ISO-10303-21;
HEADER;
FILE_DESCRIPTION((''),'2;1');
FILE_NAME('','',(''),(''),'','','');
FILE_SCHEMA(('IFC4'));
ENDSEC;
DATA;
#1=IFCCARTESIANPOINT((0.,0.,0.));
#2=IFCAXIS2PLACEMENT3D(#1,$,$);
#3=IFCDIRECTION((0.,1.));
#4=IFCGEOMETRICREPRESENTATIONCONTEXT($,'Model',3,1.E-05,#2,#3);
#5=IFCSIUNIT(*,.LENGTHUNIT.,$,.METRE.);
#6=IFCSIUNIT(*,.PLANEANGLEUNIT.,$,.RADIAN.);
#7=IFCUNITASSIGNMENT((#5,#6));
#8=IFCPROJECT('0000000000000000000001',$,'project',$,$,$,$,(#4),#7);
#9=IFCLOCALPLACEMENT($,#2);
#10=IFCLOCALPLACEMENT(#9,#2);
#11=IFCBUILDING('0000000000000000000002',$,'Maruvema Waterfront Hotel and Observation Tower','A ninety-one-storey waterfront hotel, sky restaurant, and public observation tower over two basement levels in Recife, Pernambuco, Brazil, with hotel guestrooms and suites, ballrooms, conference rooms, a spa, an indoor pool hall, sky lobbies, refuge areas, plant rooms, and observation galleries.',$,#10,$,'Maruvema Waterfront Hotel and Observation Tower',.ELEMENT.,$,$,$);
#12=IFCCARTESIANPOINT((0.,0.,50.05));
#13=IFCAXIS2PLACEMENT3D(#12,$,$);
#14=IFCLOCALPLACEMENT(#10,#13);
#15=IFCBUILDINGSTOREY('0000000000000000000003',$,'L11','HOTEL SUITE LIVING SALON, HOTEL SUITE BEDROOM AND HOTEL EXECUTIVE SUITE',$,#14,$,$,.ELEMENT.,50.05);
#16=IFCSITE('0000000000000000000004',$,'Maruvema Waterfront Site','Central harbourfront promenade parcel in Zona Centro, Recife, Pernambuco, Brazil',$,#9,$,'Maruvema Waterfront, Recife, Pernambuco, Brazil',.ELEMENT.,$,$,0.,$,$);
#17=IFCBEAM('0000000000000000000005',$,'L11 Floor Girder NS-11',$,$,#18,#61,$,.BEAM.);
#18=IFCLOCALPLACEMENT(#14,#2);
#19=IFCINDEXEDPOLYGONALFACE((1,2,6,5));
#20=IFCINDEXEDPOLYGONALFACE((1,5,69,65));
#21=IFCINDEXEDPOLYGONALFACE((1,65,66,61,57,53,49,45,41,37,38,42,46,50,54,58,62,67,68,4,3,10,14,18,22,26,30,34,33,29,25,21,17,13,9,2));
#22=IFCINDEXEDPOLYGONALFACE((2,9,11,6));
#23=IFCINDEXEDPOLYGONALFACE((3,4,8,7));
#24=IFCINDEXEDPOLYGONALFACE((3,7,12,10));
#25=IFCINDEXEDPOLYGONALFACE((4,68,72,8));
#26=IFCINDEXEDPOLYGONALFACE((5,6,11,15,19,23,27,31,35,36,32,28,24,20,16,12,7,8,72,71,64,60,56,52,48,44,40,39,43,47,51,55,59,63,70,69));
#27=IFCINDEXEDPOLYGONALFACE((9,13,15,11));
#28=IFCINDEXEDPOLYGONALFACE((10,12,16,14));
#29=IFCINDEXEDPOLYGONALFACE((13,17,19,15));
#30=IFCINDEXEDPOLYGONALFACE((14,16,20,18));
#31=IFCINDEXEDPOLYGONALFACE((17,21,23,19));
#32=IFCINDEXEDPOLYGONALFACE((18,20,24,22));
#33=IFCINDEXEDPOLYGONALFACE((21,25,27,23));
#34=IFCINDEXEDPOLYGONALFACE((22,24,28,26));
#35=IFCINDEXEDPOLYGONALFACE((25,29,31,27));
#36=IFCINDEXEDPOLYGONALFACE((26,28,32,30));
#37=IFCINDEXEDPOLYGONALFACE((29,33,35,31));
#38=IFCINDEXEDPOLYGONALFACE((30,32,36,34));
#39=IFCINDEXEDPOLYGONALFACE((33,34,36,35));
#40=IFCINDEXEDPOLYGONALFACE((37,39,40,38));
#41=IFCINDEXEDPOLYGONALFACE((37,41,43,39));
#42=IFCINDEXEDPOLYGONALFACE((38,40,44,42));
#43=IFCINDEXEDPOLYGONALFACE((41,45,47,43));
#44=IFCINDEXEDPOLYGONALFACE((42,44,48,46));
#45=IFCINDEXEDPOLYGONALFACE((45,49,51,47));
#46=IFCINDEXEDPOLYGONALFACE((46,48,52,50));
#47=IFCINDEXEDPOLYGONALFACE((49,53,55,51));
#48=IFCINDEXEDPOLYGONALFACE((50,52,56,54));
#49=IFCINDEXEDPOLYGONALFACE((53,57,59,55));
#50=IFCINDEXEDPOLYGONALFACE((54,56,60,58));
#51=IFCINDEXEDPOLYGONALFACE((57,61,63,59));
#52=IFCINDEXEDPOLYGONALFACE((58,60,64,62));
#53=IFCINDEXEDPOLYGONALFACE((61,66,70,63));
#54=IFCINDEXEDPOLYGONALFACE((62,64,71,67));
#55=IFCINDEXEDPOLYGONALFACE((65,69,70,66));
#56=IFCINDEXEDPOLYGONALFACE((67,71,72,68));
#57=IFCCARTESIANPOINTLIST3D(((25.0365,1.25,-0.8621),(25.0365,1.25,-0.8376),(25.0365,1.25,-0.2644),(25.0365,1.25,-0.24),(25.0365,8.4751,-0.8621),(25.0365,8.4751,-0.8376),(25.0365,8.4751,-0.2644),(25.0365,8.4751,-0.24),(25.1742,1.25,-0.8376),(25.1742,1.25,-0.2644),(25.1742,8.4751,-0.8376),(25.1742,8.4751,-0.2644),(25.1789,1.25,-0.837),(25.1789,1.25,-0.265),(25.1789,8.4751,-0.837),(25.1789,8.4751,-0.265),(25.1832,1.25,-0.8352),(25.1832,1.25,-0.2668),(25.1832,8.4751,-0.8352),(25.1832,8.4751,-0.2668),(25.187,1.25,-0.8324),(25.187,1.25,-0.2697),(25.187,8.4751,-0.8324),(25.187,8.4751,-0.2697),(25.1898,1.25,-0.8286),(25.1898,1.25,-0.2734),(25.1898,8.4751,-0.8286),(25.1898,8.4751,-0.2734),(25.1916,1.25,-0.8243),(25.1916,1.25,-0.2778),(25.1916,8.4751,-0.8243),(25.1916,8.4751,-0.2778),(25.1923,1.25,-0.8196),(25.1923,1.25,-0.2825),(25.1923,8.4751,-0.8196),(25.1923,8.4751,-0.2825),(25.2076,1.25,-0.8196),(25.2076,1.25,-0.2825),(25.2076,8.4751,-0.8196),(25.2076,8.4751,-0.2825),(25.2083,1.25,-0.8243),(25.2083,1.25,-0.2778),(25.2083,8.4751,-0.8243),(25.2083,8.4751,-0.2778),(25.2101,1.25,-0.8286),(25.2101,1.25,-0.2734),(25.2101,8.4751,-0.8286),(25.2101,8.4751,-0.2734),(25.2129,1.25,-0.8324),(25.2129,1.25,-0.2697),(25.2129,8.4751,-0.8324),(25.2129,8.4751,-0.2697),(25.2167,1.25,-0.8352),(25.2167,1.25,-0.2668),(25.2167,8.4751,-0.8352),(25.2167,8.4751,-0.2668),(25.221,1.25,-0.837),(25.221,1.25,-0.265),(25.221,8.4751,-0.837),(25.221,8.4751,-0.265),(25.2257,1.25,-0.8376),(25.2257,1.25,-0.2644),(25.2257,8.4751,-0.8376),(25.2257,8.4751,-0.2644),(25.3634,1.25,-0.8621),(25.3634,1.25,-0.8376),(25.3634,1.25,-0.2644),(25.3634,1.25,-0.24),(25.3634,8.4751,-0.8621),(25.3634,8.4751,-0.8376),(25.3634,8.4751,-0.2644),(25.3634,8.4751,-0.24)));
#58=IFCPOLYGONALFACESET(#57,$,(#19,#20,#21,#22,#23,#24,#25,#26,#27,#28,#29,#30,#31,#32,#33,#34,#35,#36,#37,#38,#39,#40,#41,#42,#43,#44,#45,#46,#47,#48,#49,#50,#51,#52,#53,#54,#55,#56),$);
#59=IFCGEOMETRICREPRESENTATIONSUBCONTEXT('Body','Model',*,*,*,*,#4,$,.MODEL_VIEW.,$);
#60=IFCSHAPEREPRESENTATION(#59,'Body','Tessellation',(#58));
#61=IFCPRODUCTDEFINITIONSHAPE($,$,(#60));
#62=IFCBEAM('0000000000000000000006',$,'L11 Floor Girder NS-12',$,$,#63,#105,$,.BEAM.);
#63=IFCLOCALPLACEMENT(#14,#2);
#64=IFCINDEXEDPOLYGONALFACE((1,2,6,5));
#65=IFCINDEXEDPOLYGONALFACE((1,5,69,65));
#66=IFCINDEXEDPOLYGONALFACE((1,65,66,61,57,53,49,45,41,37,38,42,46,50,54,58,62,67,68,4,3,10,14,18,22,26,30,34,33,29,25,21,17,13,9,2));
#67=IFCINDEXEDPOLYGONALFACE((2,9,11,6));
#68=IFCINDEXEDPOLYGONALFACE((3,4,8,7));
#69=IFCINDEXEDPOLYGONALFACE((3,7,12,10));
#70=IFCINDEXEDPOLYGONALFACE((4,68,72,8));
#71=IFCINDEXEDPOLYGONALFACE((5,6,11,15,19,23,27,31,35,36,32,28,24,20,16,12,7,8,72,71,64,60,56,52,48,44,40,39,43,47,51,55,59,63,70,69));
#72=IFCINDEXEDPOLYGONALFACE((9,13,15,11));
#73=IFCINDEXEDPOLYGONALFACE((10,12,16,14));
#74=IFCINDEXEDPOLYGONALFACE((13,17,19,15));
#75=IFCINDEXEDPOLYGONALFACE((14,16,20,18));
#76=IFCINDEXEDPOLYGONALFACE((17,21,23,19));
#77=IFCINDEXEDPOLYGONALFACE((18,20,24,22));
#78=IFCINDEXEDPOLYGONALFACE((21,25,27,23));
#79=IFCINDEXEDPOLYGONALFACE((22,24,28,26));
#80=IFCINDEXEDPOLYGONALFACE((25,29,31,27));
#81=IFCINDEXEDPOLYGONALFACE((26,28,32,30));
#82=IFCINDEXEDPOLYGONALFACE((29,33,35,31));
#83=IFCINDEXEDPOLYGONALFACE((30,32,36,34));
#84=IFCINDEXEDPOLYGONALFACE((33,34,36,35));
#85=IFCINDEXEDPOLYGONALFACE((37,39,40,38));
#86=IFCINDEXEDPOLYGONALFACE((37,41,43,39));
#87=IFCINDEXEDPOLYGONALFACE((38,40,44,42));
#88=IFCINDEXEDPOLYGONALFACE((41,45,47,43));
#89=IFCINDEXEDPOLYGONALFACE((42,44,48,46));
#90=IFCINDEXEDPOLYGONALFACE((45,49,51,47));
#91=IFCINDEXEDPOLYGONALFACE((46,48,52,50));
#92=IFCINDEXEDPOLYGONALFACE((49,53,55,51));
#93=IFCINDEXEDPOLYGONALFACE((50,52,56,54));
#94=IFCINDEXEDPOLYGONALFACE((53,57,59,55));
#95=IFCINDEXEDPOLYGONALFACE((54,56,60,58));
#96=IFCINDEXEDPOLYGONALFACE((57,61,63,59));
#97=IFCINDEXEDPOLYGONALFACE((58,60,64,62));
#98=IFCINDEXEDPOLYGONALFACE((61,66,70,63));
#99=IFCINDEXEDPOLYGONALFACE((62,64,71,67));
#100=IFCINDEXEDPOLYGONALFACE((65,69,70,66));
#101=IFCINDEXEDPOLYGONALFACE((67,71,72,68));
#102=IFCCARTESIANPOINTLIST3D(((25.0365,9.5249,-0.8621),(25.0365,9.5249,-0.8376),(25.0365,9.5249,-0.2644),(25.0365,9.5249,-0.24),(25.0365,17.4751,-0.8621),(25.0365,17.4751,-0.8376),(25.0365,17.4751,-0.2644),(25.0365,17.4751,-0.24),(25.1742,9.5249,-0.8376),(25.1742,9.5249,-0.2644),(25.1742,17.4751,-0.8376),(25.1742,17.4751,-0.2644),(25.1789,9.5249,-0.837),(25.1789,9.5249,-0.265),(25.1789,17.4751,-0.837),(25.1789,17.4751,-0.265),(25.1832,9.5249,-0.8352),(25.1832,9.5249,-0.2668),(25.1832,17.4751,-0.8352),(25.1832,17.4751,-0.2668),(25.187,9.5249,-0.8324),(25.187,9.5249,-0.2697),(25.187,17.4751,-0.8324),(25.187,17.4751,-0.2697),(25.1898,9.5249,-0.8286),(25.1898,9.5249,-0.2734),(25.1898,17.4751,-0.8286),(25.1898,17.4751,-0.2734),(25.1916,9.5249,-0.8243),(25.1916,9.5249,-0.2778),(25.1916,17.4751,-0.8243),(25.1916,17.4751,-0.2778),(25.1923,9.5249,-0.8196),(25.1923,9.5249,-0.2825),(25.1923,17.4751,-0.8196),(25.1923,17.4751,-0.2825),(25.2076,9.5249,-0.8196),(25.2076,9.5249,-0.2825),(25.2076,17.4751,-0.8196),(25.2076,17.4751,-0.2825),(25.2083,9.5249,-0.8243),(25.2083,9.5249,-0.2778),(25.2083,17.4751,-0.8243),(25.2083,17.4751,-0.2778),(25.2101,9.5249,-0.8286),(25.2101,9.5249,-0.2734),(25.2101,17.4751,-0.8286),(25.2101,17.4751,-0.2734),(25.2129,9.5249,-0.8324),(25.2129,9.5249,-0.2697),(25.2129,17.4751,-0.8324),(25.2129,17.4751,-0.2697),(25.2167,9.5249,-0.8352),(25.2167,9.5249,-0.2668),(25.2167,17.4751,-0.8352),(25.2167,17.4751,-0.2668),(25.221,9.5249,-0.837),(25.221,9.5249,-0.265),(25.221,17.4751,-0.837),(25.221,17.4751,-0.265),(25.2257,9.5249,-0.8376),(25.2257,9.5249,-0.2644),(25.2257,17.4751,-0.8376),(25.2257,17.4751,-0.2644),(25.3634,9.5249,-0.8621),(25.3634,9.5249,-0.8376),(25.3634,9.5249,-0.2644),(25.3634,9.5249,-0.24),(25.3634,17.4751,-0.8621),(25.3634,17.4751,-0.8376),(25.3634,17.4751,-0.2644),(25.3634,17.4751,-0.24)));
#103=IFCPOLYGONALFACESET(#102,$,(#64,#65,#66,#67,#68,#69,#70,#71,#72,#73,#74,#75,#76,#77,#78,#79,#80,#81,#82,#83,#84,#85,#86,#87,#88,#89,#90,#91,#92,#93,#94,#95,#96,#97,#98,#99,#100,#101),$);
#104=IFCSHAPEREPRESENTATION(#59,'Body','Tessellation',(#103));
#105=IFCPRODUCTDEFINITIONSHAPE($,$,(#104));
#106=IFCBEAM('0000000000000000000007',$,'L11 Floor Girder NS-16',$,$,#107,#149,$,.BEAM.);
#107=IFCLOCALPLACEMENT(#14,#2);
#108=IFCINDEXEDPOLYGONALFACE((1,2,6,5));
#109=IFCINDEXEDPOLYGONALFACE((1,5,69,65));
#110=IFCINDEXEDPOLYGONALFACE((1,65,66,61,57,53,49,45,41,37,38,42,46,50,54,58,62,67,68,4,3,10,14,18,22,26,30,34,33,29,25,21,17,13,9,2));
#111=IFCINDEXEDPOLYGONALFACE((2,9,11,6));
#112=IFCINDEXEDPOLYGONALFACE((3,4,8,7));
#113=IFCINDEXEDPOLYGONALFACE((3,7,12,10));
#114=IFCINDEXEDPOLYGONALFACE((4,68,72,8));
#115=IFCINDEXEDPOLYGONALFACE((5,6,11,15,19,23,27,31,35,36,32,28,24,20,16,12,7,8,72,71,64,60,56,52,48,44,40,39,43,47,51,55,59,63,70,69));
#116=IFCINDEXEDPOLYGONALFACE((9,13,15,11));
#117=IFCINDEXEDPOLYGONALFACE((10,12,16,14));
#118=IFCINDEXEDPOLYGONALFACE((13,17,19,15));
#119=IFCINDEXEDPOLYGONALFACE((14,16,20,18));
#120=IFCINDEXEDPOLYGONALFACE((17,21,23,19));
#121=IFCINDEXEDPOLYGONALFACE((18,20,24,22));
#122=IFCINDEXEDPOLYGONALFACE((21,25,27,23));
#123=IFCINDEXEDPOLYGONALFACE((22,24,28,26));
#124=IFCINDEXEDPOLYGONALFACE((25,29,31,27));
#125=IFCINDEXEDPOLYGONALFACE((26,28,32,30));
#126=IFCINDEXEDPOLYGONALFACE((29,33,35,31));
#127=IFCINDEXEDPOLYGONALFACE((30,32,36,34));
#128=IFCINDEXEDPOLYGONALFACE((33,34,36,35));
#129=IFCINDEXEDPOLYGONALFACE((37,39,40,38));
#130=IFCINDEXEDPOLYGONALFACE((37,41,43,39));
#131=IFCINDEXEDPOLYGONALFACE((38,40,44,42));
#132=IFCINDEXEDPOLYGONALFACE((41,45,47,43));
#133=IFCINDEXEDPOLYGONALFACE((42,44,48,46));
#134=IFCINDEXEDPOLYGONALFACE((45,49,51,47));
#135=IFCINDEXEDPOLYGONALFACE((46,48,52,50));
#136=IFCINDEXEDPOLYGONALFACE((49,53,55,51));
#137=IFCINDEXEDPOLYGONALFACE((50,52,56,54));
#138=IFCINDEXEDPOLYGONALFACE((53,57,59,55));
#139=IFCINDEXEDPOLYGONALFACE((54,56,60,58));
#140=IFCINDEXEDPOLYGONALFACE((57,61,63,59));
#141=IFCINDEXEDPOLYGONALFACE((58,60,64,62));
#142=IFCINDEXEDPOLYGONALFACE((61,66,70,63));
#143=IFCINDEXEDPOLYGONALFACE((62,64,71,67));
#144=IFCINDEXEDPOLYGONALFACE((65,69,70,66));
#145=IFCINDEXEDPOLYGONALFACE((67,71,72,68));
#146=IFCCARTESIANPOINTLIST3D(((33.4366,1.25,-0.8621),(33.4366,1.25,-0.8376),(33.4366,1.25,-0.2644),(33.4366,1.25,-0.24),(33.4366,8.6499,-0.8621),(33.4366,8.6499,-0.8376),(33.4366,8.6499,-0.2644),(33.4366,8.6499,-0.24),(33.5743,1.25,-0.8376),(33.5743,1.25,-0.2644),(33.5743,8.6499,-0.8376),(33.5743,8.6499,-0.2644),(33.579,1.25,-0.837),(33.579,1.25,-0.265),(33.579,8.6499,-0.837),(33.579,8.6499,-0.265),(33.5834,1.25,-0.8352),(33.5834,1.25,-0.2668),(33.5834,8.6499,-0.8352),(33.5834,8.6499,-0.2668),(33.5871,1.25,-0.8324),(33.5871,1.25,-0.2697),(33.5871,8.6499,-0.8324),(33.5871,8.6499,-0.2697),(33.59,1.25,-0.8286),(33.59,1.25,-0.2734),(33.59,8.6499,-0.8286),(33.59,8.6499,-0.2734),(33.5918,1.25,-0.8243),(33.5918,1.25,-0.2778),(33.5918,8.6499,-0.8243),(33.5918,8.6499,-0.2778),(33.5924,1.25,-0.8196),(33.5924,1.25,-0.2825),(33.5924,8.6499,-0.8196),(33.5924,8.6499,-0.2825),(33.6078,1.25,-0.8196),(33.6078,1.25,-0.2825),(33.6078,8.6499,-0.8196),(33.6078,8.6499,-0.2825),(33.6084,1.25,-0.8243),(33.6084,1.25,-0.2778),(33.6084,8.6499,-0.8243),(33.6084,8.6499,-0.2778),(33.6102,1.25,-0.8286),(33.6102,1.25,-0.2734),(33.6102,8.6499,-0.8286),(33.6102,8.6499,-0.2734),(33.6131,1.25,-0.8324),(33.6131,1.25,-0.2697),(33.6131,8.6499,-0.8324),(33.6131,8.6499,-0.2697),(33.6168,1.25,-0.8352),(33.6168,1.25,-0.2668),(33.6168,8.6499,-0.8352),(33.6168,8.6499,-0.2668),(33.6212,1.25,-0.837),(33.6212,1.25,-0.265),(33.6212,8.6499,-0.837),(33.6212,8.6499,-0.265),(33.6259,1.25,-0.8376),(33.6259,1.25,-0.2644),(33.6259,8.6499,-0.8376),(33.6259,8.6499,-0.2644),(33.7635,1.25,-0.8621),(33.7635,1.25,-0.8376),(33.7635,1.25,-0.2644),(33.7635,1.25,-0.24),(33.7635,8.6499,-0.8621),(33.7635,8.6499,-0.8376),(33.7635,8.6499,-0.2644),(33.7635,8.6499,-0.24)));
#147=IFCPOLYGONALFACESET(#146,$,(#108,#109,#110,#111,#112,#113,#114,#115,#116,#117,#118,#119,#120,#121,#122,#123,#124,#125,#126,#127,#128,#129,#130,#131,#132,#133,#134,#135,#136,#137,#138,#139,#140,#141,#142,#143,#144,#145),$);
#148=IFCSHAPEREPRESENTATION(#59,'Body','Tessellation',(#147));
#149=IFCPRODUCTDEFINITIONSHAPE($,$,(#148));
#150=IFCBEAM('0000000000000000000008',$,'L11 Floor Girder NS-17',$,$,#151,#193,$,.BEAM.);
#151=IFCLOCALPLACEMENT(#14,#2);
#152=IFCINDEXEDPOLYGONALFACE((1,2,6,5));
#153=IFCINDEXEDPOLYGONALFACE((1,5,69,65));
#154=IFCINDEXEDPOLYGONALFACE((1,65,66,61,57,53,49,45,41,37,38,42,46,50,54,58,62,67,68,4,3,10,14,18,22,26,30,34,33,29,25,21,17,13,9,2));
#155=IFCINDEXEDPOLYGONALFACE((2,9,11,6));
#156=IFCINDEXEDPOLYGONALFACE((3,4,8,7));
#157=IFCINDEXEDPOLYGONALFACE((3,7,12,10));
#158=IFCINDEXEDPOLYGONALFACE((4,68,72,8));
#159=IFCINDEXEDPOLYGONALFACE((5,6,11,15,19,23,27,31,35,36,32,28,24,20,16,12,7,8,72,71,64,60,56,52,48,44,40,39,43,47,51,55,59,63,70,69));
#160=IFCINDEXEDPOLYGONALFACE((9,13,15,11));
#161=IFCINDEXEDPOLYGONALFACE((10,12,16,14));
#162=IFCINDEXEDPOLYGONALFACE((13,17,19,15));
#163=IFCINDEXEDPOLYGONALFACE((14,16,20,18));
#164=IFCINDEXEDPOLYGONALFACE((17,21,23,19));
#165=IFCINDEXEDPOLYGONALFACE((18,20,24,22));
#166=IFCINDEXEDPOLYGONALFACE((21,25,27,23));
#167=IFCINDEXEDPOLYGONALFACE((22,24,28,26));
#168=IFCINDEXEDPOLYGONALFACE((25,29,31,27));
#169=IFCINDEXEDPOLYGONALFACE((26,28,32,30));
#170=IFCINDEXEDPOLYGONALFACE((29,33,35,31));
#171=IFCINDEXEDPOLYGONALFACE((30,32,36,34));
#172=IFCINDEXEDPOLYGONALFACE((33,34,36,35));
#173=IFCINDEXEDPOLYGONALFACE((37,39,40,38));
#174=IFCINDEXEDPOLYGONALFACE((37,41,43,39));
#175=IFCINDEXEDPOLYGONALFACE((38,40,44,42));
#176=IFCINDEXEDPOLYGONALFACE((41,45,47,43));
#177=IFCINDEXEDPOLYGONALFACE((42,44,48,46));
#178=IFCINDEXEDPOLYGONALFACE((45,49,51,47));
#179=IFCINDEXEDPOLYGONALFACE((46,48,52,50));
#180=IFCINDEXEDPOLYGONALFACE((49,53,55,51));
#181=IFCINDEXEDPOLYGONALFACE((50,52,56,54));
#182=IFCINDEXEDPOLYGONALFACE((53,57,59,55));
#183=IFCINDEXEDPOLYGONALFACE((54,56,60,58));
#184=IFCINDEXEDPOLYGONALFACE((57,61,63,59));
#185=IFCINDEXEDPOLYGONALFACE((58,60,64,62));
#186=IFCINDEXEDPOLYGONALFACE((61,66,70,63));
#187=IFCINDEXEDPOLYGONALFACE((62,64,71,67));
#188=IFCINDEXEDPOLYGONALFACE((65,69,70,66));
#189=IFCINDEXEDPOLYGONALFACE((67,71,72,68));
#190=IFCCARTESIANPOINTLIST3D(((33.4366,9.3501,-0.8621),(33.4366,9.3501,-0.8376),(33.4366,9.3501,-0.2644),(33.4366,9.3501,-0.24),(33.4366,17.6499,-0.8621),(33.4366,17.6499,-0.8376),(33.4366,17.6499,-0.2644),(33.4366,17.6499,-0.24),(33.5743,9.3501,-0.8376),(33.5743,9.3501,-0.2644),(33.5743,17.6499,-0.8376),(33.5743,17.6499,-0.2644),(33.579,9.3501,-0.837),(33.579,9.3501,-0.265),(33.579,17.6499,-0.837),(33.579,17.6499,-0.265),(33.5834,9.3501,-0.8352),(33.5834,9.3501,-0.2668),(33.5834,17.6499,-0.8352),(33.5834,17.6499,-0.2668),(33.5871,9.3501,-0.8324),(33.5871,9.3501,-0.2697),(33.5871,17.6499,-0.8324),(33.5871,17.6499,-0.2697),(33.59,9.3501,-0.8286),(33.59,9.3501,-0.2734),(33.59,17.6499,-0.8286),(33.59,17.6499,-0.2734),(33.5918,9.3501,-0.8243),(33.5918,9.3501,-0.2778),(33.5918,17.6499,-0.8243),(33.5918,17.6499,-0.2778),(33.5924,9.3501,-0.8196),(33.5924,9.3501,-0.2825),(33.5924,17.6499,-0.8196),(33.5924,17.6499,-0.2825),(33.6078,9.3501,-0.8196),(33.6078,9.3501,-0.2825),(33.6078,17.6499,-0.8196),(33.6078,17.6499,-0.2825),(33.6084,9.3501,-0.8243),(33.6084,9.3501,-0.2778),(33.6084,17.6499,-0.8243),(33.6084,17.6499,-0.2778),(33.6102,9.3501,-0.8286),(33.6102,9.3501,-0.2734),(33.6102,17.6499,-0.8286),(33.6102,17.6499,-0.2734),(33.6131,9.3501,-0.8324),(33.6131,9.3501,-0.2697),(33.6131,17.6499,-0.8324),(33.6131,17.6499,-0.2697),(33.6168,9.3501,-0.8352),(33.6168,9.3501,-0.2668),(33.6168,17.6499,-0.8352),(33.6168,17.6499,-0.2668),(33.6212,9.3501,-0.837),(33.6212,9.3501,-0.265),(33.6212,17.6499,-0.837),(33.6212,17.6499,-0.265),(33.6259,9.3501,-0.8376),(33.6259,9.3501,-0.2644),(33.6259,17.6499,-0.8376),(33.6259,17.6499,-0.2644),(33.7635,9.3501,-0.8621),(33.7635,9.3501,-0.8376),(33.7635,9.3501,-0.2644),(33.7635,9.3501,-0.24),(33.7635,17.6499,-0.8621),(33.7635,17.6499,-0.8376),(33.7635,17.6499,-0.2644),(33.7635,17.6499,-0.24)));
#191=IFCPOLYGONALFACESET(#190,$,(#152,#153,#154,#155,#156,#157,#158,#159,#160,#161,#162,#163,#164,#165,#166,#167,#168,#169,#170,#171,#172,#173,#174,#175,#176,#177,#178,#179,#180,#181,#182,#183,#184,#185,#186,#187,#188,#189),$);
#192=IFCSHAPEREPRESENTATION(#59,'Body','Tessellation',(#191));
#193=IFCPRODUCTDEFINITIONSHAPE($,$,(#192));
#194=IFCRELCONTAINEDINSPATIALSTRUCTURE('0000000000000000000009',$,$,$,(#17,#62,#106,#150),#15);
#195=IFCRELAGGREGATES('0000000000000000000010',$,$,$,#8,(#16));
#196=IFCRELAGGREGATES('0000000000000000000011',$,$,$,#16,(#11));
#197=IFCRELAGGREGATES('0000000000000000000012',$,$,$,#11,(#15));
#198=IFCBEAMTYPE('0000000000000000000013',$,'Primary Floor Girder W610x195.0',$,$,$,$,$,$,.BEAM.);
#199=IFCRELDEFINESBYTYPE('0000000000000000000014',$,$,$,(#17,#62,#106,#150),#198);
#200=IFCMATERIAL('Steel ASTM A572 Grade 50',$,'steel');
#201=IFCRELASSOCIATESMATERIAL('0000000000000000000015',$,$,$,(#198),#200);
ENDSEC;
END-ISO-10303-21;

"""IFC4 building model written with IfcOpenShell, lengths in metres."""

from ifc_helpers import new_model, si_unit, direction, frame, origin, origin_2d, place, context, subcontext, project, spatial, i_section, extrude, material, material_profile, profile_set, type_object, element, save


model = new_model("IFC4")

# Units and contexts
model_context = context("Model", 3, precision=1e-05, world=origin(), true_north=direction((0.0, 1.0)))
body_context = subcontext(model_context, "Body", "Model", "MODEL_VIEW")
ifc_project = project(units=[si_unit("LENGTHUNIT", "METRE"), si_unit("PLANEANGLEUNIT", "RADIAN")], contexts=[model_context])

# Site, building, storey
site_placement = place(None, origin())
site = spatial("IfcSite", under=ifc_project, at=site_placement, Name="Maruvema Waterfront Site", Description="Central harbourfront promenade parcel in Zona Centro, Recife, Pernambuco, Brazil", LongName="Maruvema Waterfront, Recife, Pernambuco, Brazil", CompositionType="ELEMENT", RefElevation=0.0)
building_placement = place(site_placement, origin())
building = spatial("IfcBuilding", under=site, at=building_placement, Name="Maruvema Waterfront Hotel and Observation Tower", Description="A ninety-one-storey waterfront hotel, sky restaurant, and public observation tower over two basement levels in Recife, Pernambuco, Brazil, with hotel guestrooms and suites, ballrooms, conference rooms, a spa, an indoor pool hall, sky lobbies, refuge areas, plant rooms, and observation galleries.", LongName="Maruvema Waterfront Hotel and Observation Tower", CompositionType="ELEMENT")
storey_placement = place(building_placement, frame((0.0, 0.0, 50.05)))
storey = spatial("IfcBuildingStorey", under=building, at=storey_placement, Name="L11", Description="HOTEL SUITE LIVING SALON, HOTEL SUITE BEDROOM AND HOTEL EXECUTIVE SUITE", CompositionType="ELEMENT", Elevation=50.05)

# Beams
ifc_material_1 = material(Name="Steel ASTM A572 Grade 50", Category="steel")
ifc_material_profile_1 = material_profile(ifc_material_1, i_section(OverallWidth=0.3269, OverallDepth=0.6221, WebThickness=0.0154, FlangeThickness=0.0244, FilletRadius=0.0181, at=origin_2d()), Name="W610x195.0")
ifc_profile_set_1 = profile_set([ifc_material_profile_1], Name="Steel ASTM A572 Grade 50")
beam_type_1 = type_object("IfcBeamType", Name="Primary Floor Girder W610x195.0", PredefinedType="BEAM", material=ifc_profile_set_1)
beam_1_placement = place(storey_placement, frame((25.2, 1.25, -0.551), z_axis=(0.0, 1.0, 0.0), x_axis=(-1.0, 0.0, 0.0)))
element("IfcBeam", 1, at=beam_1_placement, inside=storey, type_object=beam_type_1, Name="L11 Floor Girder NS-11", PredefinedType="BEAM", context=body_context, shape_type="SweptSolid", body=[
    extrude(i_section(OverallWidth=0.3269, OverallDepth=0.6221, WebThickness=0.0154, FlangeThickness=0.0244, FilletRadius=0.0181, at=origin_2d()), origin(), (0.0, 0.0, 1.0), 7.2251),
])
beam_2_placement = place(storey_placement, frame((25.2, 9.5249, -0.551), z_axis=(0.0, 1.0, 0.0), x_axis=(-1.0, 0.0, 0.0)))
element("IfcBeam", 2, at=beam_2_placement, inside=storey, type_object=beam_type_1, Name="L11 Floor Girder NS-12", PredefinedType="BEAM", context=body_context, shape_type="SweptSolid", body=[
    extrude(i_section(OverallWidth=0.3269, OverallDepth=0.6221, WebThickness=0.0154, FlangeThickness=0.0244, FilletRadius=0.0181, at=origin_2d()), origin(), (0.0, 0.0, 1.0), 7.9502),
])
beam_3_placement = place(storey_placement, frame((33.6001, 1.25, -0.551), z_axis=(0.0, 1.0, 0.0), x_axis=(-1.0, 0.0, 0.0)))
element("IfcBeam", 3, at=beam_3_placement, inside=storey, type_object=beam_type_1, Name="L11 Floor Girder NS-16", PredefinedType="BEAM", context=body_context, shape_type="SweptSolid", body=[
    extrude(i_section(OverallWidth=0.3269, OverallDepth=0.6221, WebThickness=0.0154, FlangeThickness=0.0244, FilletRadius=0.0181, at=origin_2d()), origin(), (0.0, 0.0, 1.0), 7.3999),
])
beam_4_placement = place(storey_placement, frame((33.6001, 9.3501, -0.551), z_axis=(0.0, 1.0, 0.0), x_axis=(-1.0, 0.0, 0.0)))
element("IfcBeam", 4, at=beam_4_placement, inside=storey, type_object=beam_type_1, Name="L11 Floor Girder NS-17", PredefinedType="BEAM", context=body_context, shape_type="SweptSolid", body=[
    extrude(i_section(OverallWidth=0.3269, OverallDepth=0.6221, WebThickness=0.0154, FlangeThickness=0.0244, FilletRadius=0.0181, at=origin_2d()), origin(), (0.0, 0.0, 1.0), 8.2998),
])

save(model, "model.ifc")
